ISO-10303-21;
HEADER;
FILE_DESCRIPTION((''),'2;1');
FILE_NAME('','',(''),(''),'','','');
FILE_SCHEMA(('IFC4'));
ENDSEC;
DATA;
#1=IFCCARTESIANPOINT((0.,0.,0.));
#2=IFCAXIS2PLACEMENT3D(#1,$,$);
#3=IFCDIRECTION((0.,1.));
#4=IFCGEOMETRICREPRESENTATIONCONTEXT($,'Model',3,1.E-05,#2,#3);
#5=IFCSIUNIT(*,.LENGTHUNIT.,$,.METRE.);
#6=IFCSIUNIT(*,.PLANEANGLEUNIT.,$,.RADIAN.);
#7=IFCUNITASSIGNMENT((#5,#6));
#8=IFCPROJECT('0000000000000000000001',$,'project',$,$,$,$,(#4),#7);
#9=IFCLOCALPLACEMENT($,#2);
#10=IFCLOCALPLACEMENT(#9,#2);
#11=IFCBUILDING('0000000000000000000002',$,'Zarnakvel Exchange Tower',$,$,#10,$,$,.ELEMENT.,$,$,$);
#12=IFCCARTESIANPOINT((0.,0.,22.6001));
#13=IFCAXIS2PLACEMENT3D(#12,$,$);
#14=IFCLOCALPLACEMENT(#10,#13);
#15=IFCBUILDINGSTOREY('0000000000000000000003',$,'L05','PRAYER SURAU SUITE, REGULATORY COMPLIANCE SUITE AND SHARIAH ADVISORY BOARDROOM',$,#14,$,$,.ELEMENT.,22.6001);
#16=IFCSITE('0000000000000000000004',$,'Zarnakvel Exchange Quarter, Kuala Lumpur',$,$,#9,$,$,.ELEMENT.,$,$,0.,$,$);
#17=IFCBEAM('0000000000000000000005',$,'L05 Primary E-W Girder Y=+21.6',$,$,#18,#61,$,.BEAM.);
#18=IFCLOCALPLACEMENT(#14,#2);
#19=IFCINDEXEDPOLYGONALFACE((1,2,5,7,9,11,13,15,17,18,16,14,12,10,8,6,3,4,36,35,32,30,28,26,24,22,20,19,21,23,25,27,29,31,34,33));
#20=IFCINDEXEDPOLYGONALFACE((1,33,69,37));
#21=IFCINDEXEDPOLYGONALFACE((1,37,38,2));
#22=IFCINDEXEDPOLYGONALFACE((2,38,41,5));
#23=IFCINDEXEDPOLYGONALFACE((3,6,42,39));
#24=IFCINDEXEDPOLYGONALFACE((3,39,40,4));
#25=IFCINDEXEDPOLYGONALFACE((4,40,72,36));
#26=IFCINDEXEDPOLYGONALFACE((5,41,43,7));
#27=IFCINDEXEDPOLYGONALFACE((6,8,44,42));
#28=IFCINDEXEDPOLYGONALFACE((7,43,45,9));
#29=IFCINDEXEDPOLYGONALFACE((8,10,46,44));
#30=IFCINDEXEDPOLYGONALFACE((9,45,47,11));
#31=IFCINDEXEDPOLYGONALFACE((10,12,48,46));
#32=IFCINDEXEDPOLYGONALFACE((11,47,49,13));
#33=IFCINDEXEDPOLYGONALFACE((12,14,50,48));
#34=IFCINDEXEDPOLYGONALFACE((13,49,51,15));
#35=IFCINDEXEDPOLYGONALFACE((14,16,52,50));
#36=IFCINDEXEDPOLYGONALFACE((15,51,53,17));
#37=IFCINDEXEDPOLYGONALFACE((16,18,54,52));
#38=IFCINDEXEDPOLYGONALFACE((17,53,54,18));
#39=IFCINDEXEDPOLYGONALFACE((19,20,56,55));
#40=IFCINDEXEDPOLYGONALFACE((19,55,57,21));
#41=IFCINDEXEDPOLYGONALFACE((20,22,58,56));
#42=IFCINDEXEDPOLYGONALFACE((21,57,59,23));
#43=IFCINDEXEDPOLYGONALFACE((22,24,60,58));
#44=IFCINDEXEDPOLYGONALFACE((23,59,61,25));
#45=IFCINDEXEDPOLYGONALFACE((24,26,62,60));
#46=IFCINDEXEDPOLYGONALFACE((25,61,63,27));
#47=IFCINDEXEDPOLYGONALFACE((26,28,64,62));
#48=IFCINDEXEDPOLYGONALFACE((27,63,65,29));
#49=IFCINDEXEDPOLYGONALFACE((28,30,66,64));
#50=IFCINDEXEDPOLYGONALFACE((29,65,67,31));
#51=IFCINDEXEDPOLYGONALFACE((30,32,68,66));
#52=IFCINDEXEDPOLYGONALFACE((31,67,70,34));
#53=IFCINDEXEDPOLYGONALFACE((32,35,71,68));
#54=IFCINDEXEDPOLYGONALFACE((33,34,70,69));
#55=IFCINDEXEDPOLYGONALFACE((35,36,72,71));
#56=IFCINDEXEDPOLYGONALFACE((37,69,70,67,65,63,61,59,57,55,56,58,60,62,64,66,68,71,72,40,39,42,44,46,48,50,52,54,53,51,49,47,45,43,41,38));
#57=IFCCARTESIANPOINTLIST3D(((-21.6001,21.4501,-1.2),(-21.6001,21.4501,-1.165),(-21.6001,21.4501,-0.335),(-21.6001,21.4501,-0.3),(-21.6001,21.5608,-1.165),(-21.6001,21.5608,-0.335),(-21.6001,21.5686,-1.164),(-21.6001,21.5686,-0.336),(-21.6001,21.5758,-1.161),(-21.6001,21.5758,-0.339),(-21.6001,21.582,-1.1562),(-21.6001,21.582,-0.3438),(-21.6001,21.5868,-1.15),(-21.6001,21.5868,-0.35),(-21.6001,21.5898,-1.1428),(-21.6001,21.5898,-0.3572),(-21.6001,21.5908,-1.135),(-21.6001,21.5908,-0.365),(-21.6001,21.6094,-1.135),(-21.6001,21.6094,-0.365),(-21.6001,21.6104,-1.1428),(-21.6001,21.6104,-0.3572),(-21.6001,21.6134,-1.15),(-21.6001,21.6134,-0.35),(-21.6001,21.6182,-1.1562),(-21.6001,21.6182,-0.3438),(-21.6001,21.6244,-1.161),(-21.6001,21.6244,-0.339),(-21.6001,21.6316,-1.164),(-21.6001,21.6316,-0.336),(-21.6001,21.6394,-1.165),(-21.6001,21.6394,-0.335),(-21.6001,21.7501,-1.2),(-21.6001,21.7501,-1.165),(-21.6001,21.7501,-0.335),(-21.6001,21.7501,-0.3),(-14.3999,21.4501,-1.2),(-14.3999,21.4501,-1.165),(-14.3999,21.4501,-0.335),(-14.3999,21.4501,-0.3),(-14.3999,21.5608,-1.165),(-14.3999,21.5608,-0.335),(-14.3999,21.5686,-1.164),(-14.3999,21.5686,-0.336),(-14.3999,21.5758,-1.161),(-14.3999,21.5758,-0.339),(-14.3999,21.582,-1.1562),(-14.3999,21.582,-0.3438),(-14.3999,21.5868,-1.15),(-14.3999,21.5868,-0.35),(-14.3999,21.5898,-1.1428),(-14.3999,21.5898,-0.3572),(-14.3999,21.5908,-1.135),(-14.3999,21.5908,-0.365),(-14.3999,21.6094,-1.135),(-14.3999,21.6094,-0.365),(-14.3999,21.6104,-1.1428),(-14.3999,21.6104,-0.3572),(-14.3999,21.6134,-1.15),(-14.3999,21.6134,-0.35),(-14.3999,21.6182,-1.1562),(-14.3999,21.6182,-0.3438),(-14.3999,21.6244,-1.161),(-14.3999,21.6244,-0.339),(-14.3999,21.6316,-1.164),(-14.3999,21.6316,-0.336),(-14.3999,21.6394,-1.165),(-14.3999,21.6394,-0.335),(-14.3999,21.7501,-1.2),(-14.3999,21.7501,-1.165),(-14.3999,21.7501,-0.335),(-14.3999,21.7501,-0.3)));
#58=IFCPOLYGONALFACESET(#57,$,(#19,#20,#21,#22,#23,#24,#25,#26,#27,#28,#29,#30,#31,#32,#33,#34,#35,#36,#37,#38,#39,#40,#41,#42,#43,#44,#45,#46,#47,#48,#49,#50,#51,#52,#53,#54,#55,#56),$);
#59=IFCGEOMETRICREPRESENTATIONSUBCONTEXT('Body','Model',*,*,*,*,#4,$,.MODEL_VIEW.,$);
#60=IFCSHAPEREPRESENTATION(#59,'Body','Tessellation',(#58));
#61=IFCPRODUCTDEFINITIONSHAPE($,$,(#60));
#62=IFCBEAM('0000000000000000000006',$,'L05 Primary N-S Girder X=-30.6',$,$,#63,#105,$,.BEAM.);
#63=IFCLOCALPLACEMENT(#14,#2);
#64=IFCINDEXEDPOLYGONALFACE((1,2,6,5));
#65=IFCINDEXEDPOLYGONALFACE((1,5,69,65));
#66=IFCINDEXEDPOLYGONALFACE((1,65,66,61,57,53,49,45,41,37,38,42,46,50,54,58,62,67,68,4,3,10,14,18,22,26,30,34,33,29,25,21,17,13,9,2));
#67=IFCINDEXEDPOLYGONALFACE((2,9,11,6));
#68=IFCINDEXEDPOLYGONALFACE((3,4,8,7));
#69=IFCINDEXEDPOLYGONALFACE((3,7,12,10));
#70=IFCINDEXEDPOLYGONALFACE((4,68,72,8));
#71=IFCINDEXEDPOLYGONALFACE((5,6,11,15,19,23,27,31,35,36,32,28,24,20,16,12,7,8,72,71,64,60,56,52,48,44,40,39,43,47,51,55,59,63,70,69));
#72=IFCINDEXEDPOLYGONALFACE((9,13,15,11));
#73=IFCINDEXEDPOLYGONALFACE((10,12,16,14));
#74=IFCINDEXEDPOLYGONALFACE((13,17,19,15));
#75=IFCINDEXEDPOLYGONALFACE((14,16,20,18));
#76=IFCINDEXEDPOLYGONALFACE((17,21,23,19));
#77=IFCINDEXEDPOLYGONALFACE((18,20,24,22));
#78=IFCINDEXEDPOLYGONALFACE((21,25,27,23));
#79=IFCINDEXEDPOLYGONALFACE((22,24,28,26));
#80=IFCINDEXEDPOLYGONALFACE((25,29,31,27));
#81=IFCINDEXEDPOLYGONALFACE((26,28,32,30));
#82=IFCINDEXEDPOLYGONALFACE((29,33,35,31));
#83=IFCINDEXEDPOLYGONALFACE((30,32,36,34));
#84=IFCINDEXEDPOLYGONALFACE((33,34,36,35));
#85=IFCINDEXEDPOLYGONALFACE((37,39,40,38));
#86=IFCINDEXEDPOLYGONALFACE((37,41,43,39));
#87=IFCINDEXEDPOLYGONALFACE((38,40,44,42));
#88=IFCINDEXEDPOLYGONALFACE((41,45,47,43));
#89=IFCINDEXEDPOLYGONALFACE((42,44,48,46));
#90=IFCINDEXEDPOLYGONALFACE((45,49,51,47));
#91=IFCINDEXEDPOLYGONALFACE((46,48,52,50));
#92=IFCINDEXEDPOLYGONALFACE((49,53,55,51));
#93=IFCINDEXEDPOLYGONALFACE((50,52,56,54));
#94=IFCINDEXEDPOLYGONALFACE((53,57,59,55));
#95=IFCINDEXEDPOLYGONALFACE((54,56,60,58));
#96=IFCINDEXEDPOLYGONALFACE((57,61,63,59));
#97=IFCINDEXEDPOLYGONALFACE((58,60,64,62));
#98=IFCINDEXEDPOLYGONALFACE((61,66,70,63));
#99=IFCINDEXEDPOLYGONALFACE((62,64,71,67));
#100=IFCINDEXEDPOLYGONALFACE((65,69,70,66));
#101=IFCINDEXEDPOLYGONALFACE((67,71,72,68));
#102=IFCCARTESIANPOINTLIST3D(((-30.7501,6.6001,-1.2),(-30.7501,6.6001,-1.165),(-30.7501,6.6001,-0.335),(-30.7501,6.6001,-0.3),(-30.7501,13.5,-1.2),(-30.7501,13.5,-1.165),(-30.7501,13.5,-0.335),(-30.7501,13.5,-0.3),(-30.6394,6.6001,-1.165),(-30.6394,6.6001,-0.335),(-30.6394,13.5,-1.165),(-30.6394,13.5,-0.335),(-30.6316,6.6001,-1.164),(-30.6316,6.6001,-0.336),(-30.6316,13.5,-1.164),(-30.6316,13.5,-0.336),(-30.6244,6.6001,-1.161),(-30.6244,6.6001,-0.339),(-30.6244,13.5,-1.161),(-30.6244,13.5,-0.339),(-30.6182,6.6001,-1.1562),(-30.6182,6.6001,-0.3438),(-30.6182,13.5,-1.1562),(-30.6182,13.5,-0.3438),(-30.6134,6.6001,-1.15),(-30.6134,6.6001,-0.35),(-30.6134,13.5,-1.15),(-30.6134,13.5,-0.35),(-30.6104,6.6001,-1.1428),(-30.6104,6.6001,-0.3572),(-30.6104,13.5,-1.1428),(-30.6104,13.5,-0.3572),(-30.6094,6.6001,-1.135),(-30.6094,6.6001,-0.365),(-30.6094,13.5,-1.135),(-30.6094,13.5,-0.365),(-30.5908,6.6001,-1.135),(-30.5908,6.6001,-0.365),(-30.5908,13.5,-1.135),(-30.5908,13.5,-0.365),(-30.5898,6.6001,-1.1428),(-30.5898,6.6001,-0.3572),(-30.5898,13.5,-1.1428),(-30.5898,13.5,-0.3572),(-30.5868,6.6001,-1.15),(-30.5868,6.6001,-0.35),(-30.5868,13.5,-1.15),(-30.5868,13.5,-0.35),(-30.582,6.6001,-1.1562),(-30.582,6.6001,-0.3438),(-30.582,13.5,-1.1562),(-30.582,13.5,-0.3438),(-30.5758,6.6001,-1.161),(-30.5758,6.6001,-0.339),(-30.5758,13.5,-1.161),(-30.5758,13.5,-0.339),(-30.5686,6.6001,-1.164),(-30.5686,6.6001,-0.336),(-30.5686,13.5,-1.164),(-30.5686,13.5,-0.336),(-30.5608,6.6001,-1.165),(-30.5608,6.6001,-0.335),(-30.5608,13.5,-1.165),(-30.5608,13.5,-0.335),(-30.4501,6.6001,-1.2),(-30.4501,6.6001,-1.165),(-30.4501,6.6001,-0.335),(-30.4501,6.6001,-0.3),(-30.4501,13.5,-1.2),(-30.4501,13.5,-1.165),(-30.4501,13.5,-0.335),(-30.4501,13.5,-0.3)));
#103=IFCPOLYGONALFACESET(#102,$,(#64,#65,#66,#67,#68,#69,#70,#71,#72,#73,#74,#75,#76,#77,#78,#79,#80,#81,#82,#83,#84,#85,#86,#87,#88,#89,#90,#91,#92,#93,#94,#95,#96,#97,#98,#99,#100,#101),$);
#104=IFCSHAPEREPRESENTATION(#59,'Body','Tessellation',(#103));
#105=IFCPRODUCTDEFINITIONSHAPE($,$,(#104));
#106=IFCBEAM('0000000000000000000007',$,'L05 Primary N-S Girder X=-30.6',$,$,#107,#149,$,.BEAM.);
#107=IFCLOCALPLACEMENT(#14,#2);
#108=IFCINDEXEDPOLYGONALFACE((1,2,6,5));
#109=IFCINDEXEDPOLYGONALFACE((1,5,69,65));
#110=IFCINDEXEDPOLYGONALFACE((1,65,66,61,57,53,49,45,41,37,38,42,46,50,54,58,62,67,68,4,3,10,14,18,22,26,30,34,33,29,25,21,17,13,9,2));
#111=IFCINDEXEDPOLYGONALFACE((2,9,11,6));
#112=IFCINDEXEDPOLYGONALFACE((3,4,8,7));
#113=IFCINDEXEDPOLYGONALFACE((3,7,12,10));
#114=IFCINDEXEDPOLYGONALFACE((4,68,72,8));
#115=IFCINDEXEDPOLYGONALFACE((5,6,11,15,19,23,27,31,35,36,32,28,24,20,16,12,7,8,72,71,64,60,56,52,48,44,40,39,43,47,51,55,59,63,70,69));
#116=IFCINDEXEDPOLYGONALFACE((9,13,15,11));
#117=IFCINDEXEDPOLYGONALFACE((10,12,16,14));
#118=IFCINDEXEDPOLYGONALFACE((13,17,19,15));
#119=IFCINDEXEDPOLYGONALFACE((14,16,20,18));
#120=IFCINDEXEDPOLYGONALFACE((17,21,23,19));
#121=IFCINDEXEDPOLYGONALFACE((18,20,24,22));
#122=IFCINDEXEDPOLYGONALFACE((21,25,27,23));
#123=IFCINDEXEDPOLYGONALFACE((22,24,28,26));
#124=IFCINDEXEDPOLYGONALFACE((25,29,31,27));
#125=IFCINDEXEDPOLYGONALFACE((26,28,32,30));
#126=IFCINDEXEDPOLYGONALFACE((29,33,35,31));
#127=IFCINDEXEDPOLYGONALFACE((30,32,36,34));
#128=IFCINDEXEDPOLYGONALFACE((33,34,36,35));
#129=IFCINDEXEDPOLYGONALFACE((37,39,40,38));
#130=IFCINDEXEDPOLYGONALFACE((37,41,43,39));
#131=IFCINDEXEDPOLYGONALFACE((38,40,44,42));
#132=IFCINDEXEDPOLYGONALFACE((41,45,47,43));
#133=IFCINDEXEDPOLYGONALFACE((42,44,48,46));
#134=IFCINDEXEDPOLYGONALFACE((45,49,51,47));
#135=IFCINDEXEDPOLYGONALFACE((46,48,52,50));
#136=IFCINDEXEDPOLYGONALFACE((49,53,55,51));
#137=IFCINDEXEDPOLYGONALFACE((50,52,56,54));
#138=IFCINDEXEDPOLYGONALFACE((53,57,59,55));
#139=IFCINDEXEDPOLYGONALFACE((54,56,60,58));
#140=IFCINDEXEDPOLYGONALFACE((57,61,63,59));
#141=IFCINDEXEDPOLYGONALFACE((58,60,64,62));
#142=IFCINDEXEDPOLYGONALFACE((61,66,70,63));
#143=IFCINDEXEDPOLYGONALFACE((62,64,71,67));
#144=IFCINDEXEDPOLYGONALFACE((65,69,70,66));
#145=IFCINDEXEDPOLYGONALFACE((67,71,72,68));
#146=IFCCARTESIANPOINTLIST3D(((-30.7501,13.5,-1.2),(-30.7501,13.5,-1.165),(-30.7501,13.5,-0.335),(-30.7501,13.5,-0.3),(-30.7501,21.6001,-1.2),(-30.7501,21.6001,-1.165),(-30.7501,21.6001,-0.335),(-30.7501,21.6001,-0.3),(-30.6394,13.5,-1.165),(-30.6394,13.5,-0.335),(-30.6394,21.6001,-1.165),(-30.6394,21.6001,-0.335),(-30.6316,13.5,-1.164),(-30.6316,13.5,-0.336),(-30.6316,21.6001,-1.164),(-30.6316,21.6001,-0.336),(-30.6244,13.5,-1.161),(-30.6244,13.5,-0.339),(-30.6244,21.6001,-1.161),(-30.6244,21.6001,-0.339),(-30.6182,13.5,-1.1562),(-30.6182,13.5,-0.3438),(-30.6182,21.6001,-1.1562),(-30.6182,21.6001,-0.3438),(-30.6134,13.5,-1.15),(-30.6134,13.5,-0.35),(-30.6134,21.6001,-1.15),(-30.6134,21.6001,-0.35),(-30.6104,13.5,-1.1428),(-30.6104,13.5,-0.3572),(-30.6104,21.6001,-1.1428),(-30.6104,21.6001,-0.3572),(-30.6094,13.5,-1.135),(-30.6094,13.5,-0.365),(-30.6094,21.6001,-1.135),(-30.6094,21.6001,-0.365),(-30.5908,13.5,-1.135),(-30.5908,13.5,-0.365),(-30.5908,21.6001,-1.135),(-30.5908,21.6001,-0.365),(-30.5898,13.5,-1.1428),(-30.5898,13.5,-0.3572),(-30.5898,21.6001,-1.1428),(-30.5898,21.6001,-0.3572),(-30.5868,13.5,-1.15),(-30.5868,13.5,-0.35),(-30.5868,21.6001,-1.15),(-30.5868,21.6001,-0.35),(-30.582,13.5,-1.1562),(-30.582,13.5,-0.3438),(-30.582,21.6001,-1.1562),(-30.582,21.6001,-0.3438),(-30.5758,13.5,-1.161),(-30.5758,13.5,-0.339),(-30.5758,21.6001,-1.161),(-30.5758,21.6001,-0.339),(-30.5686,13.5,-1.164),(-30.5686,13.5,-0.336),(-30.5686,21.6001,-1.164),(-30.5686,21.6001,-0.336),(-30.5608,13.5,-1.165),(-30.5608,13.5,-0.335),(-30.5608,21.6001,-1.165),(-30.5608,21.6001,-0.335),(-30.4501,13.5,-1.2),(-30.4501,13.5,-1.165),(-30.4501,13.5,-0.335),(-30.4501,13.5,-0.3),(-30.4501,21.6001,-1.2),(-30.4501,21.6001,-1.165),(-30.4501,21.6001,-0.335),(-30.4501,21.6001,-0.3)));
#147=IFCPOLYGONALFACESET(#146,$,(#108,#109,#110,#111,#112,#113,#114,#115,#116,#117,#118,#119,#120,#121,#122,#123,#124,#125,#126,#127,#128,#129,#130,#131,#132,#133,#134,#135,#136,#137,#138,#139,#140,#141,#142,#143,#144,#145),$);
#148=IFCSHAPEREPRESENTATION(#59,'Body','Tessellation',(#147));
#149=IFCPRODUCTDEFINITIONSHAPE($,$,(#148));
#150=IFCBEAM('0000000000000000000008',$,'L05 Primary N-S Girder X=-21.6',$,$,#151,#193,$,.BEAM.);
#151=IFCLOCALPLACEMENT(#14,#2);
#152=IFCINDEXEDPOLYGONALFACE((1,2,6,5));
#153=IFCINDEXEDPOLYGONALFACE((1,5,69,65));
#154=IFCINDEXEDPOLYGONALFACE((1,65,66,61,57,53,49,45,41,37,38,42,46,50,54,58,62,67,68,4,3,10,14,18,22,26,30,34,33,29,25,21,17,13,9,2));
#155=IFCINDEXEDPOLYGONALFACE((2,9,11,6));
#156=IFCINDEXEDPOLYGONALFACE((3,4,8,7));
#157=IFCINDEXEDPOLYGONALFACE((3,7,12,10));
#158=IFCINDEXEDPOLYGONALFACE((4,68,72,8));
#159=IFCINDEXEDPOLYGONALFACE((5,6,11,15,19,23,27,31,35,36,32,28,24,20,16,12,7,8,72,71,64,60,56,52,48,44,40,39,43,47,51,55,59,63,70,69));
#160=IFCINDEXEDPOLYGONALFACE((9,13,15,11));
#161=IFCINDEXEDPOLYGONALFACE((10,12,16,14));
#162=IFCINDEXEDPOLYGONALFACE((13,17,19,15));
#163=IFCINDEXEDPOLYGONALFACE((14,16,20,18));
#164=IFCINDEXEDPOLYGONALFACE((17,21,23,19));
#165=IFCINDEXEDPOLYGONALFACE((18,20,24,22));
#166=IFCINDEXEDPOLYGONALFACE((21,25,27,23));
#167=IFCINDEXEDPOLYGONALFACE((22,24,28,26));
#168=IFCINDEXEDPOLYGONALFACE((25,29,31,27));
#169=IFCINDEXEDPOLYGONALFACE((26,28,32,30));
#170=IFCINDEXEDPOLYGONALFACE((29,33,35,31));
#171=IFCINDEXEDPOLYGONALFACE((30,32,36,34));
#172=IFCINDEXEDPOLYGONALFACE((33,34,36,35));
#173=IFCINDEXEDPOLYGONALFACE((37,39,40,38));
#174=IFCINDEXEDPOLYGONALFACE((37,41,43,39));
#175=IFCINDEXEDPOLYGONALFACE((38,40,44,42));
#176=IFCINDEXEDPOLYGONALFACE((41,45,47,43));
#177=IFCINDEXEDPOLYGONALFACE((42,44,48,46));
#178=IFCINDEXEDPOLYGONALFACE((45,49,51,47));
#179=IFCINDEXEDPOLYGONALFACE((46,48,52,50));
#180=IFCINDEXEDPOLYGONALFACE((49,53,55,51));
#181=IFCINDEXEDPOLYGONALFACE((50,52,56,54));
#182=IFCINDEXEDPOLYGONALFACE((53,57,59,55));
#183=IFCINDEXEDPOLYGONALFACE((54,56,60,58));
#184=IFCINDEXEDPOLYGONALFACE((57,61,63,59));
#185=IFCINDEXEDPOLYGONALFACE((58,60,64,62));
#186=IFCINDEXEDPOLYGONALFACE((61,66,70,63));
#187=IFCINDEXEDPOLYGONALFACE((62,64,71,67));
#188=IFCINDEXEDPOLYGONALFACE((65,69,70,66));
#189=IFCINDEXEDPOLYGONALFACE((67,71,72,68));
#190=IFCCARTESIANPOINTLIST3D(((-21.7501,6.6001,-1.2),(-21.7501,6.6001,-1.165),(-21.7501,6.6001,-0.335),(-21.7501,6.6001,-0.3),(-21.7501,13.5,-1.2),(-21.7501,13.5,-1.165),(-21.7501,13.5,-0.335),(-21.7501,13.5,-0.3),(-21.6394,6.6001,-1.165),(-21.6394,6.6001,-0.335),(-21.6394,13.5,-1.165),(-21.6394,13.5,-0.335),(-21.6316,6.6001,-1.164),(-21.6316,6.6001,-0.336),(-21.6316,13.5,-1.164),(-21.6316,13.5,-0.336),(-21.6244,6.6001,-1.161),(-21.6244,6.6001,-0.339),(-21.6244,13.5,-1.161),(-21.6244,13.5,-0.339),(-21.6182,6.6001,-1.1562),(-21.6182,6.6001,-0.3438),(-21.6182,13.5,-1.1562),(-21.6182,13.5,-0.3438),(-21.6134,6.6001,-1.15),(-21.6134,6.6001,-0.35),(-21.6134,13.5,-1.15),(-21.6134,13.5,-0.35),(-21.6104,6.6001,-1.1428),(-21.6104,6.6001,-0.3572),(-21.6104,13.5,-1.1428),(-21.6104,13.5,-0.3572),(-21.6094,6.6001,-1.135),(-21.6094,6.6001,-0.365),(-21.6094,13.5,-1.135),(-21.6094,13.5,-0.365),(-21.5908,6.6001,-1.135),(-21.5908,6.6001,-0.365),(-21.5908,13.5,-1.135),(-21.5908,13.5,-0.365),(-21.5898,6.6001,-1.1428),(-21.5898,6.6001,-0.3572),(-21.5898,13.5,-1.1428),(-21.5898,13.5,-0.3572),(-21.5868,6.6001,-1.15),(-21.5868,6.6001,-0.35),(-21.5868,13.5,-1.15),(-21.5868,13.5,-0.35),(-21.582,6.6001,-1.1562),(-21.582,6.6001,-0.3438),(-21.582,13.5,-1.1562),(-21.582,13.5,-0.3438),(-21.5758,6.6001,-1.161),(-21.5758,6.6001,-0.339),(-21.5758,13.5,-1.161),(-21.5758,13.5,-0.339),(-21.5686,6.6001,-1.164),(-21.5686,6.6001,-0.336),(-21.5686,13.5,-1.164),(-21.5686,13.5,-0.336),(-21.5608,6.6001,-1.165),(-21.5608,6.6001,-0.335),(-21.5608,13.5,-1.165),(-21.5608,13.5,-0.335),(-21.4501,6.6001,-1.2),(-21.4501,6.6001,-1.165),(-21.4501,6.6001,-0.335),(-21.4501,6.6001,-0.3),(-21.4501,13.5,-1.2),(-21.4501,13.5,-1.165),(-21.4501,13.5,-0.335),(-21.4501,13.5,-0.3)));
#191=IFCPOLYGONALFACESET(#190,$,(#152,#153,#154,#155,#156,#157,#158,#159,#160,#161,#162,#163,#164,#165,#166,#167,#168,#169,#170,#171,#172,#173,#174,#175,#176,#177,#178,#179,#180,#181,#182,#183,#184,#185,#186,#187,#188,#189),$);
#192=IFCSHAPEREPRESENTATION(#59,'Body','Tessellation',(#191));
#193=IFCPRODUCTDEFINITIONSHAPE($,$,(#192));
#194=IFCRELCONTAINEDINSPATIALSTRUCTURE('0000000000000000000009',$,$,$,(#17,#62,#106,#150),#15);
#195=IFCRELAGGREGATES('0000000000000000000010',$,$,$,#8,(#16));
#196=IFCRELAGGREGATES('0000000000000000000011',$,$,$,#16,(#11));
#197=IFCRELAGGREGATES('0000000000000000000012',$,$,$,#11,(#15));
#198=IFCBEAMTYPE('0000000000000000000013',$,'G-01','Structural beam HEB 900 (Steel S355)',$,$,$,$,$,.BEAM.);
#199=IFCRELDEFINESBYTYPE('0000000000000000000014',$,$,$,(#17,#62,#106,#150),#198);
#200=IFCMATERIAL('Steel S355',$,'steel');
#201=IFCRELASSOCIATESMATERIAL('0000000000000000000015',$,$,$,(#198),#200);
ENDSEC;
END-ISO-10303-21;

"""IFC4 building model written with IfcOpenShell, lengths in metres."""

from ifc_helpers import new_model, si_unit, direction, frame, origin, origin_2d, place, context, subcontext, project, spatial, i_section, extrude, material, material_profile, profile_set, type_object, element, save


model = new_model("IFC4")

# Units and contexts
model_context = context("Model", 3, precision=1e-05, world=origin(), true_north=direction((0.0, 1.0)))
body_context = subcontext(model_context, "Body", "Model", "MODEL_VIEW")
ifc_project = project(units=[si_unit("LENGTHUNIT", "METRE"), si_unit("PLANEANGLEUNIT", "RADIAN")], contexts=[model_context])

# Site, building, storey
site_placement = place(None, origin())
site = spatial("IfcSite", under=ifc_project, at=site_placement, Name="Zarnakvel Exchange Quarter, Kuala Lumpur", CompositionType="ELEMENT", RefElevation=0.0)
building_placement = place(site_placement, origin())
building = spatial("IfcBuilding", under=site, at=building_placement, Name="Zarnakvel Exchange Tower", CompositionType="ELEMENT")
storey_placement = place(building_placement, frame((0.0, 0.0, 22.6001)))
storey = spatial("IfcBuildingStorey", under=building, at=storey_placement, Name="L05", Description="PRAYER SURAU SUITE, REGULATORY COMPLIANCE SUITE AND SHARIAH ADVISORY BOARDROOM", CompositionType="ELEMENT", Elevation=22.6001)

# Beams
ifc_material_1 = material(Name="Steel S355", Category="steel")
ifc_material_profile_1 = material_profile(ifc_material_1, i_section(OverallWidth=0.3, OverallDepth=0.8999, WebThickness=0.0186, FlangeThickness=0.0349, FilletRadius=0.03, at=origin_2d()))
ifc_profile_set_1 = profile_set([ifc_material_profile_1], Name="Steel S355")
beam_type_1 = type_object("IfcBeamType", Name="G-01", Description="Structural beam HEB 900 (Steel S355)", PredefinedType="BEAM", material=ifc_profile_set_1)
beam_1_placement = place(storey_placement, frame((-21.6001, 21.6001, -0.75), z_axis=(1.0, 0.0, 0.0), x_axis=(0.0, 1.0, 0.0)))
element("IfcBeam", 1, at=beam_1_placement, inside=storey, type_object=beam_type_1, Name="L05 Primary E-W Girder Y=+21.6", PredefinedType="BEAM", context=body_context, shape_type="SweptSolid", body=[
    extrude(i_section(OverallWidth=0.3, OverallDepth=0.8999, WebThickness=0.0186, FlangeThickness=0.0349, FilletRadius=0.03, at=origin_2d()), origin(), (0.0, 0.0, 1.0), 7.2002),
])
beam_2_placement = place(storey_placement, frame((-30.6001, 6.6001, -0.75), z_axis=(0.0, 1.0, 0.0), x_axis=(-1.0, 0.0, 0.0)))
element("IfcBeam", 2, at=beam_2_placement, inside=storey, type_object=beam_type_1, Name="L05 Primary N-S Girder X=-30.6", PredefinedType="BEAM", context=body_context, shape_type="SweptSolid", body=[
    extrude(i_section(OverallWidth=0.3, OverallDepth=0.8999, WebThickness=0.0186, FlangeThickness=0.0349, FilletRadius=0.03, at=origin_2d()), origin(), (0.0, 0.0, 1.0), 6.8999),
])
beam_3_placement = place(storey_placement, frame((-30.6001, 13.5, -0.75), z_axis=(0.0, 1.0, 0.0), x_axis=(-1.0, 0.0, 0.0)))
element("IfcBeam", 3, at=beam_3_placement, inside=storey, type_object=beam_type_1, Name="L05 Primary N-S Girder X=-30.6", PredefinedType="BEAM", context=body_context, shape_type="SweptSolid", body=[
    extrude(i_section(OverallWidth=0.3, OverallDepth=0.8999, WebThickness=0.0186, FlangeThickness=0.0349, FilletRadius=0.03, at=origin_2d()), origin(), (0.0, 0.0, 1.0), 8.1001),
])
beam_4_placement = place(storey_placement, frame((-21.6001, 6.6001, -0.75), z_axis=(0.0, 1.0, 0.0), x_axis=(-1.0, 0.0, 0.0)))
element("IfcBeam", 4, at=beam_4_placement, inside=storey, type_object=beam_type_1, Name="L05 Primary N-S Girder X=-21.6", PredefinedType="BEAM", context=body_context, shape_type="SweptSolid", body=[
    extrude(i_section(OverallWidth=0.3, OverallDepth=0.8999, WebThickness=0.0186, FlangeThickness=0.0349, FilletRadius=0.03, at=origin_2d()), origin(), (0.0, 0.0, 1.0), 6.8999),
])

save(model, "model.ifc")
